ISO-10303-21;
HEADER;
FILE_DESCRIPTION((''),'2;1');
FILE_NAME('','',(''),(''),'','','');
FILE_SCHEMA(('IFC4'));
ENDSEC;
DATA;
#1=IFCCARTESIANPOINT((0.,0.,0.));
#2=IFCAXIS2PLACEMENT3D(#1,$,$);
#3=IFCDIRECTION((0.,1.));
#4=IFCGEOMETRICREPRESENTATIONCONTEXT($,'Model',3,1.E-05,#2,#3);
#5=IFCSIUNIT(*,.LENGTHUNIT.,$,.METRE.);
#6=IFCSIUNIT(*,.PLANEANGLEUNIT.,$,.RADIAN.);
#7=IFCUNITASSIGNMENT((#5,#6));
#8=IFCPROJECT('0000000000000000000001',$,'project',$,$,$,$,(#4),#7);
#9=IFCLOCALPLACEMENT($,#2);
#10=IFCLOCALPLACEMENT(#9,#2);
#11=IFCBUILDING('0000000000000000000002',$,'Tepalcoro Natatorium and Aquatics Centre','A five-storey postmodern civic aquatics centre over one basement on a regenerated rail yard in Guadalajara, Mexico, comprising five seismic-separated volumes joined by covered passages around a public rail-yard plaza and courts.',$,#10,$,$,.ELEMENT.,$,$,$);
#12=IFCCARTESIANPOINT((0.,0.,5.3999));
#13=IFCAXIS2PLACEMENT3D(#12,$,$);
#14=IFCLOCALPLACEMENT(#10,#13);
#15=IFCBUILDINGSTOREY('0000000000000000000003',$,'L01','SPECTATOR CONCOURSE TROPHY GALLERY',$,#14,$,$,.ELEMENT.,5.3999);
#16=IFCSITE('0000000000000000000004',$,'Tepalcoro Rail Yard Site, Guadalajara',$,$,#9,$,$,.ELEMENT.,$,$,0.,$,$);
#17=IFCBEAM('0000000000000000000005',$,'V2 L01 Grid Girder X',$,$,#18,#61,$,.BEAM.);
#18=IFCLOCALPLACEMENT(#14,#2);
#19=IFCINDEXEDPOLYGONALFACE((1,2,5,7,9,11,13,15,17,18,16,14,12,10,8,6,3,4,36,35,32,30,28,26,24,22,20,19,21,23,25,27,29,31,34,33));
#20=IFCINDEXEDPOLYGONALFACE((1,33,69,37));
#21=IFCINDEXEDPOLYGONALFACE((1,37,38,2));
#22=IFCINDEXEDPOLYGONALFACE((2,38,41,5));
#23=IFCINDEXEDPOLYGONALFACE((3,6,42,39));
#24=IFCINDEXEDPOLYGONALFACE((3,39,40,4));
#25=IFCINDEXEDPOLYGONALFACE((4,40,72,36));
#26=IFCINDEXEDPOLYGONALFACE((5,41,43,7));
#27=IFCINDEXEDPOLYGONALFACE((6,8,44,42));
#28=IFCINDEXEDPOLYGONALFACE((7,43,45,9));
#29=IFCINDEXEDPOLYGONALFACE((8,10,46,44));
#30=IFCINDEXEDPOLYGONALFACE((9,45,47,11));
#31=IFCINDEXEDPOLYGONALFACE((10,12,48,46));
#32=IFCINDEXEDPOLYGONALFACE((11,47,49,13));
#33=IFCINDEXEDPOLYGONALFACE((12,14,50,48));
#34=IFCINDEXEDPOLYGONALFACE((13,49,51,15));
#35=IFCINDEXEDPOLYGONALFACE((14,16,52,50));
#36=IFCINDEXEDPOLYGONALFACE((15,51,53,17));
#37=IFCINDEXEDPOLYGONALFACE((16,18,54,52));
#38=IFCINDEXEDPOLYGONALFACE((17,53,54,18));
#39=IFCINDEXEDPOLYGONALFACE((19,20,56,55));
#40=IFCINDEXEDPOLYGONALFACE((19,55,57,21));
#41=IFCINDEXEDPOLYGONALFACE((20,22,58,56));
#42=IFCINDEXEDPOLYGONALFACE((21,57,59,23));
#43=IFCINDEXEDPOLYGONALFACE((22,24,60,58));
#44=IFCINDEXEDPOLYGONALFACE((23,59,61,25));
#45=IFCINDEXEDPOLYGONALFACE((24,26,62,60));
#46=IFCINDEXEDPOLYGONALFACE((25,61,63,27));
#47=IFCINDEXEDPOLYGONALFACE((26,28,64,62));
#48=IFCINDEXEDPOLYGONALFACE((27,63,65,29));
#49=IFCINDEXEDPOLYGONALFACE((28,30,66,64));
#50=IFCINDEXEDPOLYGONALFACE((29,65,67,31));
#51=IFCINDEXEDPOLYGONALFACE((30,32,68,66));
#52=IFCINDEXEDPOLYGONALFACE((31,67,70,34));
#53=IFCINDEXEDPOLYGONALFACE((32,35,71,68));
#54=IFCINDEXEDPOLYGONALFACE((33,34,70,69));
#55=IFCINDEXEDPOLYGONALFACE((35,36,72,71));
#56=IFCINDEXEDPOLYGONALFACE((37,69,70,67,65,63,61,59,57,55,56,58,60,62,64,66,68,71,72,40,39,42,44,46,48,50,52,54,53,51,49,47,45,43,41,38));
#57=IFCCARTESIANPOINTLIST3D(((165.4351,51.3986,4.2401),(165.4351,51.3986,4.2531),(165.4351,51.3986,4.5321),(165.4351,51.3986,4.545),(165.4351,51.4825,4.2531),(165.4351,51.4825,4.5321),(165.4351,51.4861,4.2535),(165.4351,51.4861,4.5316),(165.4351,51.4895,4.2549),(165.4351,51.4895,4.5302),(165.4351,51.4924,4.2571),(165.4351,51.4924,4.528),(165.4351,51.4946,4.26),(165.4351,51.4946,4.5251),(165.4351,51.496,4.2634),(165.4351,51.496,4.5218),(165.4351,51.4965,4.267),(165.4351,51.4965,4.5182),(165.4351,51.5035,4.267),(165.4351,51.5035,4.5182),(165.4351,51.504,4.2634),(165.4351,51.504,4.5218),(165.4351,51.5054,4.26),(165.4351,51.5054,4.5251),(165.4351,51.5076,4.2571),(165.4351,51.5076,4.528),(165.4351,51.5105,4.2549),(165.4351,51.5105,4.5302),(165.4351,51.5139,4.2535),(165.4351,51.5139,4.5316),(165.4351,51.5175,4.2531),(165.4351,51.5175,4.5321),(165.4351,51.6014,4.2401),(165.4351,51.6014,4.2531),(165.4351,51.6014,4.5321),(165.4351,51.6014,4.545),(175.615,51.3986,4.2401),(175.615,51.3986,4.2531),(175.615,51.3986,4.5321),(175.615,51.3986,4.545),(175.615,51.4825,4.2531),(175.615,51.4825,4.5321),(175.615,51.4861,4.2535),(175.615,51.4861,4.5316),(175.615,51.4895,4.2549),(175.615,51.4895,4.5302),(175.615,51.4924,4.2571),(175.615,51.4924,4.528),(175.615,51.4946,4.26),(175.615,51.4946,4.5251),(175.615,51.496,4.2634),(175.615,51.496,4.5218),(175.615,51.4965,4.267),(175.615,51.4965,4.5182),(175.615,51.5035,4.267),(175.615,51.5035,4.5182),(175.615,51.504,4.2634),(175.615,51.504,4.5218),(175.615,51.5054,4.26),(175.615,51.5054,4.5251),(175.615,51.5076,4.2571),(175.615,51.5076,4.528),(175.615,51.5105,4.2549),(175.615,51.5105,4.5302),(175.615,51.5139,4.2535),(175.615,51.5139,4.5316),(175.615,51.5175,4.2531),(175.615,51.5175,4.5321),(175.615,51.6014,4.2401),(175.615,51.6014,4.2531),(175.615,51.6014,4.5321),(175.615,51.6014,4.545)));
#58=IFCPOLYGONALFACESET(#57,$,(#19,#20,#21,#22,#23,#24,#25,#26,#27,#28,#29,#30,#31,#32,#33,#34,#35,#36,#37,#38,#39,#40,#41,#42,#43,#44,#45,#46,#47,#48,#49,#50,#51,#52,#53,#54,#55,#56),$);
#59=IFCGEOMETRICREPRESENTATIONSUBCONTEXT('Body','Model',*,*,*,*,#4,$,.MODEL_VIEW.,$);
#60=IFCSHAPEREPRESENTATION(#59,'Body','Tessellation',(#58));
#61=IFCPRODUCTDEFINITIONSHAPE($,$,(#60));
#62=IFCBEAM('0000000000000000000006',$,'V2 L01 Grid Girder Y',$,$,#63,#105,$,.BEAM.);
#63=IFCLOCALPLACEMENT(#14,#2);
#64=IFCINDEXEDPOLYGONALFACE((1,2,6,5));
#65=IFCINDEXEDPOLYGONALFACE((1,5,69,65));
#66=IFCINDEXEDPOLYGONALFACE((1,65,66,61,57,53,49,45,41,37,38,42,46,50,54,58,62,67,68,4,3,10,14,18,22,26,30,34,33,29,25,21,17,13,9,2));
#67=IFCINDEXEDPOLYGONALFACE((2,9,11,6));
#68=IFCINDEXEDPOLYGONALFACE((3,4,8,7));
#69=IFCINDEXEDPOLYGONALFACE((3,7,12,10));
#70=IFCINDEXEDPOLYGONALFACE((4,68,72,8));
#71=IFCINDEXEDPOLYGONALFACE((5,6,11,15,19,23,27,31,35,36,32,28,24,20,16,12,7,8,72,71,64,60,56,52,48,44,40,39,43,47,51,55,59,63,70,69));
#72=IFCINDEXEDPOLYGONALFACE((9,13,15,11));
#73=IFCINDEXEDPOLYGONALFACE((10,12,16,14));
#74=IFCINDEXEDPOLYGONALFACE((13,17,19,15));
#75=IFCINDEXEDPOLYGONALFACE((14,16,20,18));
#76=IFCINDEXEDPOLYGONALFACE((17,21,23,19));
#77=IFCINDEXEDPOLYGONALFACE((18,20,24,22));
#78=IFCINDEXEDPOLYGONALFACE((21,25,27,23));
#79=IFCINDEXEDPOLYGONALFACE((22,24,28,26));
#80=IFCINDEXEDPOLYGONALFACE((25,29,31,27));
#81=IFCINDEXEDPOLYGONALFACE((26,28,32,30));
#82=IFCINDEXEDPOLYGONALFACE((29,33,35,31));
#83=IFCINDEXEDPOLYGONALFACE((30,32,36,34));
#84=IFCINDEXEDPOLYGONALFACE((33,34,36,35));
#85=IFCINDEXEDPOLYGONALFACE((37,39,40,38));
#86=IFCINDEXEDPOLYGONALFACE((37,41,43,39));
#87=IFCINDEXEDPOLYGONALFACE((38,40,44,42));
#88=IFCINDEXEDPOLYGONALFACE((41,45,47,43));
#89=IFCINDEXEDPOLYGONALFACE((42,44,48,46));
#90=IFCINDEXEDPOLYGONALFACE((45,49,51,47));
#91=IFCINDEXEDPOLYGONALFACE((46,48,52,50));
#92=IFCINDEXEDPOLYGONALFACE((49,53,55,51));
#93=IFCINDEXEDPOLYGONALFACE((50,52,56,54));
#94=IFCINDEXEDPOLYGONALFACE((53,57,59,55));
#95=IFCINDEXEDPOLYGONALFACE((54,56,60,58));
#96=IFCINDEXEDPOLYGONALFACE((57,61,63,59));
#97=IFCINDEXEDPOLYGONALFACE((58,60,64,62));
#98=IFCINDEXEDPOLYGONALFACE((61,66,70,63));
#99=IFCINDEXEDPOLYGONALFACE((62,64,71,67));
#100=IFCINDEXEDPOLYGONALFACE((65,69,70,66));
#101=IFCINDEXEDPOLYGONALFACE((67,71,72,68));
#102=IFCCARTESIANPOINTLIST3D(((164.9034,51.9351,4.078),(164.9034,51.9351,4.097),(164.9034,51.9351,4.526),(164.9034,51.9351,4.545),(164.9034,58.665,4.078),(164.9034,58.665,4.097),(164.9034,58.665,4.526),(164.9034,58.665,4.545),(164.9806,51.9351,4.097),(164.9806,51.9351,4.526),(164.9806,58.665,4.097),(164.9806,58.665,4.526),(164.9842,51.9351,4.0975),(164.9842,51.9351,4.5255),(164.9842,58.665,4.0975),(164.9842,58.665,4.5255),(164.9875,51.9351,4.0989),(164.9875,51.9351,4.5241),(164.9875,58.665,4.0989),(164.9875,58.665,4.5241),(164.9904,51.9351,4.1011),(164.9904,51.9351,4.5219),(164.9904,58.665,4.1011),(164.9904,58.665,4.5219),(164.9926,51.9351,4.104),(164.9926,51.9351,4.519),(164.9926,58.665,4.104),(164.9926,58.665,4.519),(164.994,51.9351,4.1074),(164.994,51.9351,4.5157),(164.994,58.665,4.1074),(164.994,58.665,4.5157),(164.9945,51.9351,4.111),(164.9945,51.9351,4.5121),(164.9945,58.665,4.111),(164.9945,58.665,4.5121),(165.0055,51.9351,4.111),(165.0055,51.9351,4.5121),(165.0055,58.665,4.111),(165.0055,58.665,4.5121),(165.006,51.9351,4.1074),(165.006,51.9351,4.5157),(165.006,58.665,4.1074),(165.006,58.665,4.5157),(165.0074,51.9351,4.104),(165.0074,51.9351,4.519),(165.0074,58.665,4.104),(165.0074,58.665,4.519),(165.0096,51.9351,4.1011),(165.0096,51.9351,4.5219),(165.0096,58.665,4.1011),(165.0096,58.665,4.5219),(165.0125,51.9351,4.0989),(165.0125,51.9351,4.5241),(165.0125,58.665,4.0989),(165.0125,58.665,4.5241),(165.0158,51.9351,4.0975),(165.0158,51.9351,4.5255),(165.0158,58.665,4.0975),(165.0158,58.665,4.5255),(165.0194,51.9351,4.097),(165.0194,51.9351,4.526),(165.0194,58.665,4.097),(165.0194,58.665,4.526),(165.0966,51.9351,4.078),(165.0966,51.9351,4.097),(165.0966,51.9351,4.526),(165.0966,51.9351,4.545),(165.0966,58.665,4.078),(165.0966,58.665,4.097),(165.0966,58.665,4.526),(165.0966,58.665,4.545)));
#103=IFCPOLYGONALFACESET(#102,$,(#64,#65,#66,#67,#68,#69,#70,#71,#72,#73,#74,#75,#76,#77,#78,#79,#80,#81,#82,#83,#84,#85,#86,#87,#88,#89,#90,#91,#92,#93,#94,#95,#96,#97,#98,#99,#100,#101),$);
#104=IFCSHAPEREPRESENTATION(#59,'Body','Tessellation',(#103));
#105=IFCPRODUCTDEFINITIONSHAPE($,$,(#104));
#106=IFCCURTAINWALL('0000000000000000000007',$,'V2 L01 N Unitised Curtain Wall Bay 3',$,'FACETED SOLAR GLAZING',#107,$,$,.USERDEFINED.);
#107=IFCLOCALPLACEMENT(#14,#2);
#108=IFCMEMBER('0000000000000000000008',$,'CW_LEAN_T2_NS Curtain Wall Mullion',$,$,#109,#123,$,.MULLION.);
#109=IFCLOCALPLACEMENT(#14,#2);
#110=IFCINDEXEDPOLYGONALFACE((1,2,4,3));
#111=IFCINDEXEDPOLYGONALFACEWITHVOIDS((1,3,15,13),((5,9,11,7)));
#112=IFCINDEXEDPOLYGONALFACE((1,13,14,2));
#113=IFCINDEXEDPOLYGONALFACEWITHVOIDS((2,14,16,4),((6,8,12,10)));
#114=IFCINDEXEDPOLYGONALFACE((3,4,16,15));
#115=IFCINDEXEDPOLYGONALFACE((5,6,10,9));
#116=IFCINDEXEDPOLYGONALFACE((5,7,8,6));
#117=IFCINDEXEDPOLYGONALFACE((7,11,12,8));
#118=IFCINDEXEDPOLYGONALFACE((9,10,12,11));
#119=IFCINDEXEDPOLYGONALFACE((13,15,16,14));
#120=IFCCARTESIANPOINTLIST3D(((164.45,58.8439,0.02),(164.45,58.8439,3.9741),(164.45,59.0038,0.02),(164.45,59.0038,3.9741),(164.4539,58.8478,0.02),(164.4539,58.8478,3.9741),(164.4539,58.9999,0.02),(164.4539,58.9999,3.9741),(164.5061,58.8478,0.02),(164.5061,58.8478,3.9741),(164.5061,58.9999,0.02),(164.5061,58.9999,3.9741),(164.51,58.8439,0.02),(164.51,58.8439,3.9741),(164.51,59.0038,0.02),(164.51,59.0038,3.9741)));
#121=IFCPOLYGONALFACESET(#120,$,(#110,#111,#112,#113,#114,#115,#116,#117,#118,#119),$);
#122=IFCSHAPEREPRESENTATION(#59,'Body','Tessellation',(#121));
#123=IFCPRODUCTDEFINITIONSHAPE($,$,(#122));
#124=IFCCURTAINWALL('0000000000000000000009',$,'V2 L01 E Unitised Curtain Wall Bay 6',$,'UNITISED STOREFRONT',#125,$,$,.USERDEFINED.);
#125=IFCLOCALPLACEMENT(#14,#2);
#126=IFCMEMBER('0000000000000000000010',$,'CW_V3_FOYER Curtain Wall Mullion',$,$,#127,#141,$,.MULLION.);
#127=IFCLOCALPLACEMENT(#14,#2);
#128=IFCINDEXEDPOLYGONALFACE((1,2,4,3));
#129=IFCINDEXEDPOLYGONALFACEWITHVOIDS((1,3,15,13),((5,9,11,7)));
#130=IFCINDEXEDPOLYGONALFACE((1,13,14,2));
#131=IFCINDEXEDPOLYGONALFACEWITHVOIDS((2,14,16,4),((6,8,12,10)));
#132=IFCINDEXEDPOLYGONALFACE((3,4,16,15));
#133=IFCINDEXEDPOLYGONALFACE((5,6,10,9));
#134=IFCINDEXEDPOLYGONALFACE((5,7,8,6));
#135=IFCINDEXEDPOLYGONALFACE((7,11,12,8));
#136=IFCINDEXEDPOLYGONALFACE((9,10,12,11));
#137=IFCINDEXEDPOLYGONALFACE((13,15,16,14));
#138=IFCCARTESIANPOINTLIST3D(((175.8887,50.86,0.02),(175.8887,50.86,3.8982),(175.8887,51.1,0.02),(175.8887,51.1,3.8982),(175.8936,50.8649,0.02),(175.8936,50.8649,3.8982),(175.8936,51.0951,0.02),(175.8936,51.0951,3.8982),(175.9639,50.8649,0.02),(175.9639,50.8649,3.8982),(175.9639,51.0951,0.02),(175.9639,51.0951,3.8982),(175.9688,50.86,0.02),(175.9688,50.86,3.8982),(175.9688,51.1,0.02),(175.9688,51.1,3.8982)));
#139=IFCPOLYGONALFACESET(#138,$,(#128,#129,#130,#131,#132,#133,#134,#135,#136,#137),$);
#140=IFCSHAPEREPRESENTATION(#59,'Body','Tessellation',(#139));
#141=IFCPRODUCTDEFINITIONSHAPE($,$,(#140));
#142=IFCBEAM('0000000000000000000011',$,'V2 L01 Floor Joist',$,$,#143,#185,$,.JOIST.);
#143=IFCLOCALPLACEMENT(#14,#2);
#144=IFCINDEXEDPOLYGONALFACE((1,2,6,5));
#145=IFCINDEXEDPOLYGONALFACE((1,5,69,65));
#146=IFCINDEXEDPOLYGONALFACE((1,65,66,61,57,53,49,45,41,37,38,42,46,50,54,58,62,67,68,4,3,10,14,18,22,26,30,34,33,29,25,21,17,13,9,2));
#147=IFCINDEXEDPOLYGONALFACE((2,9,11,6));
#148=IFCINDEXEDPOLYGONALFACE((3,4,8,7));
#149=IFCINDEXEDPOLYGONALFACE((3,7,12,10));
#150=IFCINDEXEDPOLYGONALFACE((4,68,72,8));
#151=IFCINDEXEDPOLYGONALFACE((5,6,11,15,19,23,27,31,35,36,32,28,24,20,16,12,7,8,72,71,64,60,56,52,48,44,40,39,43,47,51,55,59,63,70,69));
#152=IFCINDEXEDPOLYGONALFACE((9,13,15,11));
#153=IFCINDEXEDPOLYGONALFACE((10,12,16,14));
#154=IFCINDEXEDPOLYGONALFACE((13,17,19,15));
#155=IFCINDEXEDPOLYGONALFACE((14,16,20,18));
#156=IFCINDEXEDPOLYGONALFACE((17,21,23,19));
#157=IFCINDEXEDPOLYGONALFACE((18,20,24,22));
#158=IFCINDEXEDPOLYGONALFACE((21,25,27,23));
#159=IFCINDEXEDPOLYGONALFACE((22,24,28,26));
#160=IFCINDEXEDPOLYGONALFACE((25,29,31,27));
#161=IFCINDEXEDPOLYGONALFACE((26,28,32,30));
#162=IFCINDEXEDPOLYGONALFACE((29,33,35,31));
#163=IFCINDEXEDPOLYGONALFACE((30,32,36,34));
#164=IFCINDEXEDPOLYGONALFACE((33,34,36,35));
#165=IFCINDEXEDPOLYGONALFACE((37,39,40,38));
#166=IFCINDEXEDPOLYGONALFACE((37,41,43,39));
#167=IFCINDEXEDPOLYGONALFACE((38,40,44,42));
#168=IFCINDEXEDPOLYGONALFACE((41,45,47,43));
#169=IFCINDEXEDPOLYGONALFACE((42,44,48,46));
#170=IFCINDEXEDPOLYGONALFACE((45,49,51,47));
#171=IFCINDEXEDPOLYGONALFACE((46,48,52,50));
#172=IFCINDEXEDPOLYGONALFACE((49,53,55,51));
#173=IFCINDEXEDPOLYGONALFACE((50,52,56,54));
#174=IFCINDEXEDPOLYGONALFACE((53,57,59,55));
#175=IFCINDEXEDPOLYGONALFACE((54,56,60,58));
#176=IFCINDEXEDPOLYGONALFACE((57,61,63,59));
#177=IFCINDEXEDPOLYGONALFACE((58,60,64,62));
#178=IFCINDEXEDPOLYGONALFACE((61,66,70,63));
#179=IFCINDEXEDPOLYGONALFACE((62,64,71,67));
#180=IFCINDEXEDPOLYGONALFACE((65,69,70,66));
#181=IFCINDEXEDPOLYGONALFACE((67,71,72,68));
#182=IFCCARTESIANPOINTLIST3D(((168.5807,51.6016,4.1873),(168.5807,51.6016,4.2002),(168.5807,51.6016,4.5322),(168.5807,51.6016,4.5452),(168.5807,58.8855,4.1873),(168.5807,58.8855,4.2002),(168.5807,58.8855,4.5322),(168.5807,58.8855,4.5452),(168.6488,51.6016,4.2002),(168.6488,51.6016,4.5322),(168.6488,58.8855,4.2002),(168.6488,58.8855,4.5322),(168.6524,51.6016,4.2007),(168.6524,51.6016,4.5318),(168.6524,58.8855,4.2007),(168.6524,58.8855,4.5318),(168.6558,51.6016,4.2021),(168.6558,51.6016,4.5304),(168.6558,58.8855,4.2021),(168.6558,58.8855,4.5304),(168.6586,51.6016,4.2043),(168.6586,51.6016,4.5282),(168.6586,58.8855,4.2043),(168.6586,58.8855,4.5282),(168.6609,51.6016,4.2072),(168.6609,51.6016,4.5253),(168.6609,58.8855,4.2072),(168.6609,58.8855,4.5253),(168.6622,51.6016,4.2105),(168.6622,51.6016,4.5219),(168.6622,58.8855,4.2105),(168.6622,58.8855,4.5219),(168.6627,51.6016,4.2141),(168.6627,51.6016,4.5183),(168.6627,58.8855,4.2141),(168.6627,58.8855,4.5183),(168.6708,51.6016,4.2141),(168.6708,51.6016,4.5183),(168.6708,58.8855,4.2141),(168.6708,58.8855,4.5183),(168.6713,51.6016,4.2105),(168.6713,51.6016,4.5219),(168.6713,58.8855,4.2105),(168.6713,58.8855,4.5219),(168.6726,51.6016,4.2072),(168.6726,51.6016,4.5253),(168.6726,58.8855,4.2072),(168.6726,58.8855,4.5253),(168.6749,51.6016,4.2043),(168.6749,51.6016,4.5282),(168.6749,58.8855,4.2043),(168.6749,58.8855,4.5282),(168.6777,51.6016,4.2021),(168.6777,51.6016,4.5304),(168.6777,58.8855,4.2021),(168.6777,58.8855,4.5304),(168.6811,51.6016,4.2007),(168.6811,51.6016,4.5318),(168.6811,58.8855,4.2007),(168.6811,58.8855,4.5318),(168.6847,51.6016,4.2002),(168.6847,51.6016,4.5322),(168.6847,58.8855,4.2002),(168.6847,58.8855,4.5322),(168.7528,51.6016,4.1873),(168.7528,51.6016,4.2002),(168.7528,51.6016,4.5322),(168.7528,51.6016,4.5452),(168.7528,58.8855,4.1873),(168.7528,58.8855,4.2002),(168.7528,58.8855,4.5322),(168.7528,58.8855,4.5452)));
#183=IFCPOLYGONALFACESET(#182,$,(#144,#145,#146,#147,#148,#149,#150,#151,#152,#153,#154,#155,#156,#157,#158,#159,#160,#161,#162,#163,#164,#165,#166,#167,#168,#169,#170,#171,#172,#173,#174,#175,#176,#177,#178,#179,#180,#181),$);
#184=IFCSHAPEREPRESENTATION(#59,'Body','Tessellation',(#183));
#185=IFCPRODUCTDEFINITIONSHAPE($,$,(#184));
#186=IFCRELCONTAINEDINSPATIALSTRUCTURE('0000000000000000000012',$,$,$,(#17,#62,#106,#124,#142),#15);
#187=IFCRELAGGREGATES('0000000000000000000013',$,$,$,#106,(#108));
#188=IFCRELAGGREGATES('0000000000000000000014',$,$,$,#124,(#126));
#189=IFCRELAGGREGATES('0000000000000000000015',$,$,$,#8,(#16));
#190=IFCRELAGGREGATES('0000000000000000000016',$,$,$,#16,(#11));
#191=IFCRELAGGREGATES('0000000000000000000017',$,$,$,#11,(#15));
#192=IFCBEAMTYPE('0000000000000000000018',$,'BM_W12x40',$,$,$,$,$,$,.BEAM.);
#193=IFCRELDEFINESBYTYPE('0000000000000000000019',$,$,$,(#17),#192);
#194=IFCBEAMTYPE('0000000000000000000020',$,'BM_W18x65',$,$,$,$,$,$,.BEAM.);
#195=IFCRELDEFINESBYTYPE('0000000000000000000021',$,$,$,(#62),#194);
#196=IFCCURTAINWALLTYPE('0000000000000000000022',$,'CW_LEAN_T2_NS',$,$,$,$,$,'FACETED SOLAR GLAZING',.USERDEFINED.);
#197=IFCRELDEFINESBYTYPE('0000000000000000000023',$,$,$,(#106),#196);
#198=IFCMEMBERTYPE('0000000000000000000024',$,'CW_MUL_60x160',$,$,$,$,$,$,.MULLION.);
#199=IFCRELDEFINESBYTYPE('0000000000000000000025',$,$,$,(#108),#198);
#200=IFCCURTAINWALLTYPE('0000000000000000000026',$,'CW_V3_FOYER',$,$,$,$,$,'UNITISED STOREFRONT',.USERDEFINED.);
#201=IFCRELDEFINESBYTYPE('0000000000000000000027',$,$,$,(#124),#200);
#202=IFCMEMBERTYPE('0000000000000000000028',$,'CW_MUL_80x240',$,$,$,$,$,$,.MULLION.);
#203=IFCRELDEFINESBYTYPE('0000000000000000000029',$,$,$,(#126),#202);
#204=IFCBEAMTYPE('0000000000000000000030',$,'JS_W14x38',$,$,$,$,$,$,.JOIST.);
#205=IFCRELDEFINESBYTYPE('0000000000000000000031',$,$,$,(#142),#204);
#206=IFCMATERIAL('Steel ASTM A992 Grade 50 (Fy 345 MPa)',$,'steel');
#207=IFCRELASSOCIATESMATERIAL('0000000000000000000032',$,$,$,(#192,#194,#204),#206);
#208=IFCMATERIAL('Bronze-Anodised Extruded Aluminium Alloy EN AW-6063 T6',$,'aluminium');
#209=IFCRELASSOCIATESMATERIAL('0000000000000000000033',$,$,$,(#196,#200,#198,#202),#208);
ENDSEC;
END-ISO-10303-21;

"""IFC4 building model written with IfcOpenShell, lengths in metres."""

from ifc_helpers import new_model, si_unit, direction, frame, origin, origin_2d, place, context, subcontext, project, spatial, hollow_rectangle, i_section, extrude, material, material_profile, profile_set, type_object, element, aggregate, save


model = new_model("IFC4")

# Units and contexts
model_context = context("Model", 3, precision=1e-05, world=origin(), true_north=direction((0.0, 1.0)))
body_context = subcontext(model_context, "Body", "Model", "MODEL_VIEW")
ifc_project = project(units=[si_unit("LENGTHUNIT", "METRE"), si_unit("PLANEANGLEUNIT", "RADIAN")], contexts=[model_context])

# Site, building, storey
site_placement = place(None, origin())
site = spatial("IfcSite", under=ifc_project, at=site_placement, Name="Tepalcoro Rail Yard Site, Guadalajara", CompositionType="ELEMENT", RefElevation=0.0)
building_placement = place(site_placement, origin())
building = spatial("IfcBuilding", under=site, at=building_placement, Name="Tepalcoro Natatorium and Aquatics Centre", Description="A five-storey postmodern civic aquatics centre over one basement on a regenerated rail yard in Guadalajara, Mexico, comprising five seismic-separated volumes joined by covered passages around a public rail-yard plaza and courts.", CompositionType="ELEMENT")
storey_placement = place(building_placement, frame((0.0, 0.0, 5.3999)))
storey = spatial("IfcBuildingStorey", under=building, at=storey_placement, Name="L01", Description="SPECTATOR CONCOURSE TROPHY GALLERY", CompositionType="ELEMENT", Elevation=5.3999)

# Beams
ifc_material_1 = material(Name="Steel ASTM A992 Grade 50 (Fy 345 MPa)", Category="steel")
ifc_material_profile_1 = material_profile(ifc_material_1, i_section(OverallWidth=0.2029, OverallDepth=0.3049, WebThickness=0.0071, FlangeThickness=0.0129, FilletRadius=0.0139, at=origin_2d()), Name="W12X40")
ifc_profile_set_1 = profile_set([ifc_material_profile_1], Name="Steel ASTM A992 Grade 50 (Fy 345 MPa)")
beam_type_1 = type_object("IfcBeamType", Name="BM_W12x40", PredefinedType="BEAM", material=ifc_profile_set_1)
beam_1_placement = place(storey_placement, frame((165.4351, 51.5, 4.3926), z_axis=(1.0, 0.0, 0.0), x_axis=(0.0, 1.0, 0.0)))
element("IfcBeam", 1, at=beam_1_placement, inside=storey, type_object=beam_type_1, Name="V2 L01 Grid Girder X", PredefinedType="BEAM", context=body_context, shape_type="SweptSolid", body=[
    extrude(i_section(OverallWidth=0.2029, OverallDepth=0.3049, WebThickness=0.0071, FlangeThickness=0.0129, FilletRadius=0.0139, at=origin_2d()), origin(), (0.0, 0.0, 1.0), 10.1799),
])
ifc_material_profile_2 = material_profile(ifc_material_1, i_section(OverallWidth=0.1931, OverallDepth=0.467, WebThickness=0.011, FlangeThickness=0.019, FilletRadius=0.0139, at=origin_2d()), Name="W18X65")
ifc_profile_set_2 = profile_set([ifc_material_profile_2], Name="Steel ASTM A992 Grade 50 (Fy 345 MPa)")
beam_type_2 = type_object("IfcBeamType", Name="BM_W18x65", PredefinedType="BEAM", material=ifc_profile_set_2)
beam_2_placement = place(storey_placement, frame((165.0, 51.9351, 4.3115), z_axis=(0.0, 1.0, 0.0), x_axis=(-1.0, 0.0, 0.0)))
element("IfcBeam", 2, at=beam_2_placement, inside=storey, type_object=beam_type_2, Name="V2 L01 Grid Girder Y", PredefinedType="BEAM", context=body_context, shape_type="SweptSolid", body=[
    extrude(i_section(OverallWidth=0.1931, OverallDepth=0.467, WebThickness=0.011, FlangeThickness=0.019, FilletRadius=0.0139, at=origin_2d()), origin(), (0.0, 0.0, 1.0), 6.73),
])

# Curtain walls, members
ifc_material_2 = material(Name="Bronze-Anodised Extruded Aluminium Alloy EN AW-6063 T6", Category="aluminium")
curtain_wall_type_1 = type_object("IfcCurtainWallType", Name="CW_LEAN_T2_NS", ElementType="FACETED SOLAR GLAZING", PredefinedType="USERDEFINED", material=ifc_material_2)
curtain_wall_1_placement = place(storey_placement, origin())
curtain_wall_1 = element("IfcCurtainWall", 3, at=curtain_wall_1_placement, inside=storey, type_object=curtain_wall_type_1, Name="V2 L01 N Unitised Curtain Wall Bay 3", ObjectType="FACETED SOLAR GLAZING", PredefinedType="USERDEFINED")
ifc_material_profile_3 = material_profile(ifc_material_2, hollow_rectangle(XDim=0.0601, YDim=0.1599, WallThickness=0.0039, at=origin_2d()), Name="AL60X160X4")
ifc_profile_set_3 = profile_set([ifc_material_profile_3], Name="Bronze-Anodised Extruded Aluminium Alloy EN AW-6063 T6")
member_type_1 = type_object("IfcMemberType", Name="CW_MUL_60x160", PredefinedType="MULLION", material=ifc_profile_set_3)
member_1_placement = place(storey_placement, frame((164.48, 58.9238, 0.02), z_axis=(0.0, 0.0, 1.0), x_axis=(1.0, 0.0, 0.0)))
member_1 = element("IfcMember", 4, at=member_1_placement, type_object=member_type_1, Name="CW_LEAN_T2_NS Curtain Wall Mullion", PredefinedType="MULLION", context=body_context, shape_type="SweptSolid", body=[
    extrude(hollow_rectangle(XDim=0.0601, YDim=0.1599, WallThickness=0.0039, at=origin_2d()), origin(), (0.0, 0.0, 1.0), 3.9541),
])
aggregate(curtain_wall_1, [member_1])
curtain_wall_type_2 = type_object("IfcCurtainWallType", Name="CW_V3_FOYER", ElementType="UNITISED STOREFRONT", PredefinedType="USERDEFINED", material=ifc_material_2)
curtain_wall_2_placement = place(storey_placement, origin())
curtain_wall_2 = element("IfcCurtainWall", 5, at=curtain_wall_2_placement, inside=storey, type_object=curtain_wall_type_2, Name="V2 L01 E Unitised Curtain Wall Bay 6", ObjectType="UNITISED STOREFRONT", PredefinedType="USERDEFINED")
ifc_material_profile_4 = material_profile(ifc_material_2, hollow_rectangle(XDim=0.0801, YDim=0.24, WallThickness=0.0049, at=origin_2d()), Name="AL80X240X5")
ifc_profile_set_4 = profile_set([ifc_material_profile_4], Name="Bronze-Anodised Extruded Aluminium Alloy EN AW-6063 T6")
member_type_2 = type_object("IfcMemberType", Name="CW_MUL_80x240", PredefinedType="MULLION", material=ifc_profile_set_4)
member_2_placement = place(storey_placement, frame((175.9287, 50.98, 0.02), z_axis=(0.0, 0.0, 1.0), x_axis=(1.0, 0.0, 0.0)))
member_2 = element("IfcMember", 6, at=member_2_placement, type_object=member_type_2, Name="CW_V3_FOYER Curtain Wall Mullion", PredefinedType="MULLION", context=body_context, shape_type="SweptSolid", body=[
    extrude(hollow_rectangle(XDim=0.0801, YDim=0.24, WallThickness=0.0049, at=origin_2d()), origin(), (0.0, 0.0, 1.0), 3.8782),
])

# Beam
ifc_material_profile_5 = material_profile(ifc_material_1, i_section(OverallWidth=0.1721, OverallDepth=0.3579, WebThickness=0.0081, FlangeThickness=0.0129, FilletRadius=0.0139, at=origin_2d()), Name="W14X38")
ifc_profile_set_5 = profile_set([ifc_material_profile_5], Name="Steel ASTM A992 Grade 50 (Fy 345 MPa)")
beam_type_3 = type_object("IfcBeamType", Name="JS_W14x38", PredefinedType="JOIST", material=ifc_profile_set_5)
beam_3_placement = place(storey_placement, frame((168.6667, 51.6016, 4.3662), z_axis=(0.0, 1.0, 0.0), x_axis=(-1.0, 0.0, 0.0)))
element("IfcBeam", 7, at=beam_3_placement, inside=storey, type_object=beam_type_3, Name="V2 L01 Floor Joist", PredefinedType="JOIST", context=body_context, shape_type="SweptSolid", body=[
    extrude(i_section(OverallWidth=0.1721, OverallDepth=0.3579, WebThickness=0.0081, FlangeThickness=0.0129, FilletRadius=0.0139, at=origin_2d()), origin(), (0.0, 0.0, 1.0), 7.2839),
])

aggregate(curtain_wall_2, [member_2])

save(model, "model.ifc")
